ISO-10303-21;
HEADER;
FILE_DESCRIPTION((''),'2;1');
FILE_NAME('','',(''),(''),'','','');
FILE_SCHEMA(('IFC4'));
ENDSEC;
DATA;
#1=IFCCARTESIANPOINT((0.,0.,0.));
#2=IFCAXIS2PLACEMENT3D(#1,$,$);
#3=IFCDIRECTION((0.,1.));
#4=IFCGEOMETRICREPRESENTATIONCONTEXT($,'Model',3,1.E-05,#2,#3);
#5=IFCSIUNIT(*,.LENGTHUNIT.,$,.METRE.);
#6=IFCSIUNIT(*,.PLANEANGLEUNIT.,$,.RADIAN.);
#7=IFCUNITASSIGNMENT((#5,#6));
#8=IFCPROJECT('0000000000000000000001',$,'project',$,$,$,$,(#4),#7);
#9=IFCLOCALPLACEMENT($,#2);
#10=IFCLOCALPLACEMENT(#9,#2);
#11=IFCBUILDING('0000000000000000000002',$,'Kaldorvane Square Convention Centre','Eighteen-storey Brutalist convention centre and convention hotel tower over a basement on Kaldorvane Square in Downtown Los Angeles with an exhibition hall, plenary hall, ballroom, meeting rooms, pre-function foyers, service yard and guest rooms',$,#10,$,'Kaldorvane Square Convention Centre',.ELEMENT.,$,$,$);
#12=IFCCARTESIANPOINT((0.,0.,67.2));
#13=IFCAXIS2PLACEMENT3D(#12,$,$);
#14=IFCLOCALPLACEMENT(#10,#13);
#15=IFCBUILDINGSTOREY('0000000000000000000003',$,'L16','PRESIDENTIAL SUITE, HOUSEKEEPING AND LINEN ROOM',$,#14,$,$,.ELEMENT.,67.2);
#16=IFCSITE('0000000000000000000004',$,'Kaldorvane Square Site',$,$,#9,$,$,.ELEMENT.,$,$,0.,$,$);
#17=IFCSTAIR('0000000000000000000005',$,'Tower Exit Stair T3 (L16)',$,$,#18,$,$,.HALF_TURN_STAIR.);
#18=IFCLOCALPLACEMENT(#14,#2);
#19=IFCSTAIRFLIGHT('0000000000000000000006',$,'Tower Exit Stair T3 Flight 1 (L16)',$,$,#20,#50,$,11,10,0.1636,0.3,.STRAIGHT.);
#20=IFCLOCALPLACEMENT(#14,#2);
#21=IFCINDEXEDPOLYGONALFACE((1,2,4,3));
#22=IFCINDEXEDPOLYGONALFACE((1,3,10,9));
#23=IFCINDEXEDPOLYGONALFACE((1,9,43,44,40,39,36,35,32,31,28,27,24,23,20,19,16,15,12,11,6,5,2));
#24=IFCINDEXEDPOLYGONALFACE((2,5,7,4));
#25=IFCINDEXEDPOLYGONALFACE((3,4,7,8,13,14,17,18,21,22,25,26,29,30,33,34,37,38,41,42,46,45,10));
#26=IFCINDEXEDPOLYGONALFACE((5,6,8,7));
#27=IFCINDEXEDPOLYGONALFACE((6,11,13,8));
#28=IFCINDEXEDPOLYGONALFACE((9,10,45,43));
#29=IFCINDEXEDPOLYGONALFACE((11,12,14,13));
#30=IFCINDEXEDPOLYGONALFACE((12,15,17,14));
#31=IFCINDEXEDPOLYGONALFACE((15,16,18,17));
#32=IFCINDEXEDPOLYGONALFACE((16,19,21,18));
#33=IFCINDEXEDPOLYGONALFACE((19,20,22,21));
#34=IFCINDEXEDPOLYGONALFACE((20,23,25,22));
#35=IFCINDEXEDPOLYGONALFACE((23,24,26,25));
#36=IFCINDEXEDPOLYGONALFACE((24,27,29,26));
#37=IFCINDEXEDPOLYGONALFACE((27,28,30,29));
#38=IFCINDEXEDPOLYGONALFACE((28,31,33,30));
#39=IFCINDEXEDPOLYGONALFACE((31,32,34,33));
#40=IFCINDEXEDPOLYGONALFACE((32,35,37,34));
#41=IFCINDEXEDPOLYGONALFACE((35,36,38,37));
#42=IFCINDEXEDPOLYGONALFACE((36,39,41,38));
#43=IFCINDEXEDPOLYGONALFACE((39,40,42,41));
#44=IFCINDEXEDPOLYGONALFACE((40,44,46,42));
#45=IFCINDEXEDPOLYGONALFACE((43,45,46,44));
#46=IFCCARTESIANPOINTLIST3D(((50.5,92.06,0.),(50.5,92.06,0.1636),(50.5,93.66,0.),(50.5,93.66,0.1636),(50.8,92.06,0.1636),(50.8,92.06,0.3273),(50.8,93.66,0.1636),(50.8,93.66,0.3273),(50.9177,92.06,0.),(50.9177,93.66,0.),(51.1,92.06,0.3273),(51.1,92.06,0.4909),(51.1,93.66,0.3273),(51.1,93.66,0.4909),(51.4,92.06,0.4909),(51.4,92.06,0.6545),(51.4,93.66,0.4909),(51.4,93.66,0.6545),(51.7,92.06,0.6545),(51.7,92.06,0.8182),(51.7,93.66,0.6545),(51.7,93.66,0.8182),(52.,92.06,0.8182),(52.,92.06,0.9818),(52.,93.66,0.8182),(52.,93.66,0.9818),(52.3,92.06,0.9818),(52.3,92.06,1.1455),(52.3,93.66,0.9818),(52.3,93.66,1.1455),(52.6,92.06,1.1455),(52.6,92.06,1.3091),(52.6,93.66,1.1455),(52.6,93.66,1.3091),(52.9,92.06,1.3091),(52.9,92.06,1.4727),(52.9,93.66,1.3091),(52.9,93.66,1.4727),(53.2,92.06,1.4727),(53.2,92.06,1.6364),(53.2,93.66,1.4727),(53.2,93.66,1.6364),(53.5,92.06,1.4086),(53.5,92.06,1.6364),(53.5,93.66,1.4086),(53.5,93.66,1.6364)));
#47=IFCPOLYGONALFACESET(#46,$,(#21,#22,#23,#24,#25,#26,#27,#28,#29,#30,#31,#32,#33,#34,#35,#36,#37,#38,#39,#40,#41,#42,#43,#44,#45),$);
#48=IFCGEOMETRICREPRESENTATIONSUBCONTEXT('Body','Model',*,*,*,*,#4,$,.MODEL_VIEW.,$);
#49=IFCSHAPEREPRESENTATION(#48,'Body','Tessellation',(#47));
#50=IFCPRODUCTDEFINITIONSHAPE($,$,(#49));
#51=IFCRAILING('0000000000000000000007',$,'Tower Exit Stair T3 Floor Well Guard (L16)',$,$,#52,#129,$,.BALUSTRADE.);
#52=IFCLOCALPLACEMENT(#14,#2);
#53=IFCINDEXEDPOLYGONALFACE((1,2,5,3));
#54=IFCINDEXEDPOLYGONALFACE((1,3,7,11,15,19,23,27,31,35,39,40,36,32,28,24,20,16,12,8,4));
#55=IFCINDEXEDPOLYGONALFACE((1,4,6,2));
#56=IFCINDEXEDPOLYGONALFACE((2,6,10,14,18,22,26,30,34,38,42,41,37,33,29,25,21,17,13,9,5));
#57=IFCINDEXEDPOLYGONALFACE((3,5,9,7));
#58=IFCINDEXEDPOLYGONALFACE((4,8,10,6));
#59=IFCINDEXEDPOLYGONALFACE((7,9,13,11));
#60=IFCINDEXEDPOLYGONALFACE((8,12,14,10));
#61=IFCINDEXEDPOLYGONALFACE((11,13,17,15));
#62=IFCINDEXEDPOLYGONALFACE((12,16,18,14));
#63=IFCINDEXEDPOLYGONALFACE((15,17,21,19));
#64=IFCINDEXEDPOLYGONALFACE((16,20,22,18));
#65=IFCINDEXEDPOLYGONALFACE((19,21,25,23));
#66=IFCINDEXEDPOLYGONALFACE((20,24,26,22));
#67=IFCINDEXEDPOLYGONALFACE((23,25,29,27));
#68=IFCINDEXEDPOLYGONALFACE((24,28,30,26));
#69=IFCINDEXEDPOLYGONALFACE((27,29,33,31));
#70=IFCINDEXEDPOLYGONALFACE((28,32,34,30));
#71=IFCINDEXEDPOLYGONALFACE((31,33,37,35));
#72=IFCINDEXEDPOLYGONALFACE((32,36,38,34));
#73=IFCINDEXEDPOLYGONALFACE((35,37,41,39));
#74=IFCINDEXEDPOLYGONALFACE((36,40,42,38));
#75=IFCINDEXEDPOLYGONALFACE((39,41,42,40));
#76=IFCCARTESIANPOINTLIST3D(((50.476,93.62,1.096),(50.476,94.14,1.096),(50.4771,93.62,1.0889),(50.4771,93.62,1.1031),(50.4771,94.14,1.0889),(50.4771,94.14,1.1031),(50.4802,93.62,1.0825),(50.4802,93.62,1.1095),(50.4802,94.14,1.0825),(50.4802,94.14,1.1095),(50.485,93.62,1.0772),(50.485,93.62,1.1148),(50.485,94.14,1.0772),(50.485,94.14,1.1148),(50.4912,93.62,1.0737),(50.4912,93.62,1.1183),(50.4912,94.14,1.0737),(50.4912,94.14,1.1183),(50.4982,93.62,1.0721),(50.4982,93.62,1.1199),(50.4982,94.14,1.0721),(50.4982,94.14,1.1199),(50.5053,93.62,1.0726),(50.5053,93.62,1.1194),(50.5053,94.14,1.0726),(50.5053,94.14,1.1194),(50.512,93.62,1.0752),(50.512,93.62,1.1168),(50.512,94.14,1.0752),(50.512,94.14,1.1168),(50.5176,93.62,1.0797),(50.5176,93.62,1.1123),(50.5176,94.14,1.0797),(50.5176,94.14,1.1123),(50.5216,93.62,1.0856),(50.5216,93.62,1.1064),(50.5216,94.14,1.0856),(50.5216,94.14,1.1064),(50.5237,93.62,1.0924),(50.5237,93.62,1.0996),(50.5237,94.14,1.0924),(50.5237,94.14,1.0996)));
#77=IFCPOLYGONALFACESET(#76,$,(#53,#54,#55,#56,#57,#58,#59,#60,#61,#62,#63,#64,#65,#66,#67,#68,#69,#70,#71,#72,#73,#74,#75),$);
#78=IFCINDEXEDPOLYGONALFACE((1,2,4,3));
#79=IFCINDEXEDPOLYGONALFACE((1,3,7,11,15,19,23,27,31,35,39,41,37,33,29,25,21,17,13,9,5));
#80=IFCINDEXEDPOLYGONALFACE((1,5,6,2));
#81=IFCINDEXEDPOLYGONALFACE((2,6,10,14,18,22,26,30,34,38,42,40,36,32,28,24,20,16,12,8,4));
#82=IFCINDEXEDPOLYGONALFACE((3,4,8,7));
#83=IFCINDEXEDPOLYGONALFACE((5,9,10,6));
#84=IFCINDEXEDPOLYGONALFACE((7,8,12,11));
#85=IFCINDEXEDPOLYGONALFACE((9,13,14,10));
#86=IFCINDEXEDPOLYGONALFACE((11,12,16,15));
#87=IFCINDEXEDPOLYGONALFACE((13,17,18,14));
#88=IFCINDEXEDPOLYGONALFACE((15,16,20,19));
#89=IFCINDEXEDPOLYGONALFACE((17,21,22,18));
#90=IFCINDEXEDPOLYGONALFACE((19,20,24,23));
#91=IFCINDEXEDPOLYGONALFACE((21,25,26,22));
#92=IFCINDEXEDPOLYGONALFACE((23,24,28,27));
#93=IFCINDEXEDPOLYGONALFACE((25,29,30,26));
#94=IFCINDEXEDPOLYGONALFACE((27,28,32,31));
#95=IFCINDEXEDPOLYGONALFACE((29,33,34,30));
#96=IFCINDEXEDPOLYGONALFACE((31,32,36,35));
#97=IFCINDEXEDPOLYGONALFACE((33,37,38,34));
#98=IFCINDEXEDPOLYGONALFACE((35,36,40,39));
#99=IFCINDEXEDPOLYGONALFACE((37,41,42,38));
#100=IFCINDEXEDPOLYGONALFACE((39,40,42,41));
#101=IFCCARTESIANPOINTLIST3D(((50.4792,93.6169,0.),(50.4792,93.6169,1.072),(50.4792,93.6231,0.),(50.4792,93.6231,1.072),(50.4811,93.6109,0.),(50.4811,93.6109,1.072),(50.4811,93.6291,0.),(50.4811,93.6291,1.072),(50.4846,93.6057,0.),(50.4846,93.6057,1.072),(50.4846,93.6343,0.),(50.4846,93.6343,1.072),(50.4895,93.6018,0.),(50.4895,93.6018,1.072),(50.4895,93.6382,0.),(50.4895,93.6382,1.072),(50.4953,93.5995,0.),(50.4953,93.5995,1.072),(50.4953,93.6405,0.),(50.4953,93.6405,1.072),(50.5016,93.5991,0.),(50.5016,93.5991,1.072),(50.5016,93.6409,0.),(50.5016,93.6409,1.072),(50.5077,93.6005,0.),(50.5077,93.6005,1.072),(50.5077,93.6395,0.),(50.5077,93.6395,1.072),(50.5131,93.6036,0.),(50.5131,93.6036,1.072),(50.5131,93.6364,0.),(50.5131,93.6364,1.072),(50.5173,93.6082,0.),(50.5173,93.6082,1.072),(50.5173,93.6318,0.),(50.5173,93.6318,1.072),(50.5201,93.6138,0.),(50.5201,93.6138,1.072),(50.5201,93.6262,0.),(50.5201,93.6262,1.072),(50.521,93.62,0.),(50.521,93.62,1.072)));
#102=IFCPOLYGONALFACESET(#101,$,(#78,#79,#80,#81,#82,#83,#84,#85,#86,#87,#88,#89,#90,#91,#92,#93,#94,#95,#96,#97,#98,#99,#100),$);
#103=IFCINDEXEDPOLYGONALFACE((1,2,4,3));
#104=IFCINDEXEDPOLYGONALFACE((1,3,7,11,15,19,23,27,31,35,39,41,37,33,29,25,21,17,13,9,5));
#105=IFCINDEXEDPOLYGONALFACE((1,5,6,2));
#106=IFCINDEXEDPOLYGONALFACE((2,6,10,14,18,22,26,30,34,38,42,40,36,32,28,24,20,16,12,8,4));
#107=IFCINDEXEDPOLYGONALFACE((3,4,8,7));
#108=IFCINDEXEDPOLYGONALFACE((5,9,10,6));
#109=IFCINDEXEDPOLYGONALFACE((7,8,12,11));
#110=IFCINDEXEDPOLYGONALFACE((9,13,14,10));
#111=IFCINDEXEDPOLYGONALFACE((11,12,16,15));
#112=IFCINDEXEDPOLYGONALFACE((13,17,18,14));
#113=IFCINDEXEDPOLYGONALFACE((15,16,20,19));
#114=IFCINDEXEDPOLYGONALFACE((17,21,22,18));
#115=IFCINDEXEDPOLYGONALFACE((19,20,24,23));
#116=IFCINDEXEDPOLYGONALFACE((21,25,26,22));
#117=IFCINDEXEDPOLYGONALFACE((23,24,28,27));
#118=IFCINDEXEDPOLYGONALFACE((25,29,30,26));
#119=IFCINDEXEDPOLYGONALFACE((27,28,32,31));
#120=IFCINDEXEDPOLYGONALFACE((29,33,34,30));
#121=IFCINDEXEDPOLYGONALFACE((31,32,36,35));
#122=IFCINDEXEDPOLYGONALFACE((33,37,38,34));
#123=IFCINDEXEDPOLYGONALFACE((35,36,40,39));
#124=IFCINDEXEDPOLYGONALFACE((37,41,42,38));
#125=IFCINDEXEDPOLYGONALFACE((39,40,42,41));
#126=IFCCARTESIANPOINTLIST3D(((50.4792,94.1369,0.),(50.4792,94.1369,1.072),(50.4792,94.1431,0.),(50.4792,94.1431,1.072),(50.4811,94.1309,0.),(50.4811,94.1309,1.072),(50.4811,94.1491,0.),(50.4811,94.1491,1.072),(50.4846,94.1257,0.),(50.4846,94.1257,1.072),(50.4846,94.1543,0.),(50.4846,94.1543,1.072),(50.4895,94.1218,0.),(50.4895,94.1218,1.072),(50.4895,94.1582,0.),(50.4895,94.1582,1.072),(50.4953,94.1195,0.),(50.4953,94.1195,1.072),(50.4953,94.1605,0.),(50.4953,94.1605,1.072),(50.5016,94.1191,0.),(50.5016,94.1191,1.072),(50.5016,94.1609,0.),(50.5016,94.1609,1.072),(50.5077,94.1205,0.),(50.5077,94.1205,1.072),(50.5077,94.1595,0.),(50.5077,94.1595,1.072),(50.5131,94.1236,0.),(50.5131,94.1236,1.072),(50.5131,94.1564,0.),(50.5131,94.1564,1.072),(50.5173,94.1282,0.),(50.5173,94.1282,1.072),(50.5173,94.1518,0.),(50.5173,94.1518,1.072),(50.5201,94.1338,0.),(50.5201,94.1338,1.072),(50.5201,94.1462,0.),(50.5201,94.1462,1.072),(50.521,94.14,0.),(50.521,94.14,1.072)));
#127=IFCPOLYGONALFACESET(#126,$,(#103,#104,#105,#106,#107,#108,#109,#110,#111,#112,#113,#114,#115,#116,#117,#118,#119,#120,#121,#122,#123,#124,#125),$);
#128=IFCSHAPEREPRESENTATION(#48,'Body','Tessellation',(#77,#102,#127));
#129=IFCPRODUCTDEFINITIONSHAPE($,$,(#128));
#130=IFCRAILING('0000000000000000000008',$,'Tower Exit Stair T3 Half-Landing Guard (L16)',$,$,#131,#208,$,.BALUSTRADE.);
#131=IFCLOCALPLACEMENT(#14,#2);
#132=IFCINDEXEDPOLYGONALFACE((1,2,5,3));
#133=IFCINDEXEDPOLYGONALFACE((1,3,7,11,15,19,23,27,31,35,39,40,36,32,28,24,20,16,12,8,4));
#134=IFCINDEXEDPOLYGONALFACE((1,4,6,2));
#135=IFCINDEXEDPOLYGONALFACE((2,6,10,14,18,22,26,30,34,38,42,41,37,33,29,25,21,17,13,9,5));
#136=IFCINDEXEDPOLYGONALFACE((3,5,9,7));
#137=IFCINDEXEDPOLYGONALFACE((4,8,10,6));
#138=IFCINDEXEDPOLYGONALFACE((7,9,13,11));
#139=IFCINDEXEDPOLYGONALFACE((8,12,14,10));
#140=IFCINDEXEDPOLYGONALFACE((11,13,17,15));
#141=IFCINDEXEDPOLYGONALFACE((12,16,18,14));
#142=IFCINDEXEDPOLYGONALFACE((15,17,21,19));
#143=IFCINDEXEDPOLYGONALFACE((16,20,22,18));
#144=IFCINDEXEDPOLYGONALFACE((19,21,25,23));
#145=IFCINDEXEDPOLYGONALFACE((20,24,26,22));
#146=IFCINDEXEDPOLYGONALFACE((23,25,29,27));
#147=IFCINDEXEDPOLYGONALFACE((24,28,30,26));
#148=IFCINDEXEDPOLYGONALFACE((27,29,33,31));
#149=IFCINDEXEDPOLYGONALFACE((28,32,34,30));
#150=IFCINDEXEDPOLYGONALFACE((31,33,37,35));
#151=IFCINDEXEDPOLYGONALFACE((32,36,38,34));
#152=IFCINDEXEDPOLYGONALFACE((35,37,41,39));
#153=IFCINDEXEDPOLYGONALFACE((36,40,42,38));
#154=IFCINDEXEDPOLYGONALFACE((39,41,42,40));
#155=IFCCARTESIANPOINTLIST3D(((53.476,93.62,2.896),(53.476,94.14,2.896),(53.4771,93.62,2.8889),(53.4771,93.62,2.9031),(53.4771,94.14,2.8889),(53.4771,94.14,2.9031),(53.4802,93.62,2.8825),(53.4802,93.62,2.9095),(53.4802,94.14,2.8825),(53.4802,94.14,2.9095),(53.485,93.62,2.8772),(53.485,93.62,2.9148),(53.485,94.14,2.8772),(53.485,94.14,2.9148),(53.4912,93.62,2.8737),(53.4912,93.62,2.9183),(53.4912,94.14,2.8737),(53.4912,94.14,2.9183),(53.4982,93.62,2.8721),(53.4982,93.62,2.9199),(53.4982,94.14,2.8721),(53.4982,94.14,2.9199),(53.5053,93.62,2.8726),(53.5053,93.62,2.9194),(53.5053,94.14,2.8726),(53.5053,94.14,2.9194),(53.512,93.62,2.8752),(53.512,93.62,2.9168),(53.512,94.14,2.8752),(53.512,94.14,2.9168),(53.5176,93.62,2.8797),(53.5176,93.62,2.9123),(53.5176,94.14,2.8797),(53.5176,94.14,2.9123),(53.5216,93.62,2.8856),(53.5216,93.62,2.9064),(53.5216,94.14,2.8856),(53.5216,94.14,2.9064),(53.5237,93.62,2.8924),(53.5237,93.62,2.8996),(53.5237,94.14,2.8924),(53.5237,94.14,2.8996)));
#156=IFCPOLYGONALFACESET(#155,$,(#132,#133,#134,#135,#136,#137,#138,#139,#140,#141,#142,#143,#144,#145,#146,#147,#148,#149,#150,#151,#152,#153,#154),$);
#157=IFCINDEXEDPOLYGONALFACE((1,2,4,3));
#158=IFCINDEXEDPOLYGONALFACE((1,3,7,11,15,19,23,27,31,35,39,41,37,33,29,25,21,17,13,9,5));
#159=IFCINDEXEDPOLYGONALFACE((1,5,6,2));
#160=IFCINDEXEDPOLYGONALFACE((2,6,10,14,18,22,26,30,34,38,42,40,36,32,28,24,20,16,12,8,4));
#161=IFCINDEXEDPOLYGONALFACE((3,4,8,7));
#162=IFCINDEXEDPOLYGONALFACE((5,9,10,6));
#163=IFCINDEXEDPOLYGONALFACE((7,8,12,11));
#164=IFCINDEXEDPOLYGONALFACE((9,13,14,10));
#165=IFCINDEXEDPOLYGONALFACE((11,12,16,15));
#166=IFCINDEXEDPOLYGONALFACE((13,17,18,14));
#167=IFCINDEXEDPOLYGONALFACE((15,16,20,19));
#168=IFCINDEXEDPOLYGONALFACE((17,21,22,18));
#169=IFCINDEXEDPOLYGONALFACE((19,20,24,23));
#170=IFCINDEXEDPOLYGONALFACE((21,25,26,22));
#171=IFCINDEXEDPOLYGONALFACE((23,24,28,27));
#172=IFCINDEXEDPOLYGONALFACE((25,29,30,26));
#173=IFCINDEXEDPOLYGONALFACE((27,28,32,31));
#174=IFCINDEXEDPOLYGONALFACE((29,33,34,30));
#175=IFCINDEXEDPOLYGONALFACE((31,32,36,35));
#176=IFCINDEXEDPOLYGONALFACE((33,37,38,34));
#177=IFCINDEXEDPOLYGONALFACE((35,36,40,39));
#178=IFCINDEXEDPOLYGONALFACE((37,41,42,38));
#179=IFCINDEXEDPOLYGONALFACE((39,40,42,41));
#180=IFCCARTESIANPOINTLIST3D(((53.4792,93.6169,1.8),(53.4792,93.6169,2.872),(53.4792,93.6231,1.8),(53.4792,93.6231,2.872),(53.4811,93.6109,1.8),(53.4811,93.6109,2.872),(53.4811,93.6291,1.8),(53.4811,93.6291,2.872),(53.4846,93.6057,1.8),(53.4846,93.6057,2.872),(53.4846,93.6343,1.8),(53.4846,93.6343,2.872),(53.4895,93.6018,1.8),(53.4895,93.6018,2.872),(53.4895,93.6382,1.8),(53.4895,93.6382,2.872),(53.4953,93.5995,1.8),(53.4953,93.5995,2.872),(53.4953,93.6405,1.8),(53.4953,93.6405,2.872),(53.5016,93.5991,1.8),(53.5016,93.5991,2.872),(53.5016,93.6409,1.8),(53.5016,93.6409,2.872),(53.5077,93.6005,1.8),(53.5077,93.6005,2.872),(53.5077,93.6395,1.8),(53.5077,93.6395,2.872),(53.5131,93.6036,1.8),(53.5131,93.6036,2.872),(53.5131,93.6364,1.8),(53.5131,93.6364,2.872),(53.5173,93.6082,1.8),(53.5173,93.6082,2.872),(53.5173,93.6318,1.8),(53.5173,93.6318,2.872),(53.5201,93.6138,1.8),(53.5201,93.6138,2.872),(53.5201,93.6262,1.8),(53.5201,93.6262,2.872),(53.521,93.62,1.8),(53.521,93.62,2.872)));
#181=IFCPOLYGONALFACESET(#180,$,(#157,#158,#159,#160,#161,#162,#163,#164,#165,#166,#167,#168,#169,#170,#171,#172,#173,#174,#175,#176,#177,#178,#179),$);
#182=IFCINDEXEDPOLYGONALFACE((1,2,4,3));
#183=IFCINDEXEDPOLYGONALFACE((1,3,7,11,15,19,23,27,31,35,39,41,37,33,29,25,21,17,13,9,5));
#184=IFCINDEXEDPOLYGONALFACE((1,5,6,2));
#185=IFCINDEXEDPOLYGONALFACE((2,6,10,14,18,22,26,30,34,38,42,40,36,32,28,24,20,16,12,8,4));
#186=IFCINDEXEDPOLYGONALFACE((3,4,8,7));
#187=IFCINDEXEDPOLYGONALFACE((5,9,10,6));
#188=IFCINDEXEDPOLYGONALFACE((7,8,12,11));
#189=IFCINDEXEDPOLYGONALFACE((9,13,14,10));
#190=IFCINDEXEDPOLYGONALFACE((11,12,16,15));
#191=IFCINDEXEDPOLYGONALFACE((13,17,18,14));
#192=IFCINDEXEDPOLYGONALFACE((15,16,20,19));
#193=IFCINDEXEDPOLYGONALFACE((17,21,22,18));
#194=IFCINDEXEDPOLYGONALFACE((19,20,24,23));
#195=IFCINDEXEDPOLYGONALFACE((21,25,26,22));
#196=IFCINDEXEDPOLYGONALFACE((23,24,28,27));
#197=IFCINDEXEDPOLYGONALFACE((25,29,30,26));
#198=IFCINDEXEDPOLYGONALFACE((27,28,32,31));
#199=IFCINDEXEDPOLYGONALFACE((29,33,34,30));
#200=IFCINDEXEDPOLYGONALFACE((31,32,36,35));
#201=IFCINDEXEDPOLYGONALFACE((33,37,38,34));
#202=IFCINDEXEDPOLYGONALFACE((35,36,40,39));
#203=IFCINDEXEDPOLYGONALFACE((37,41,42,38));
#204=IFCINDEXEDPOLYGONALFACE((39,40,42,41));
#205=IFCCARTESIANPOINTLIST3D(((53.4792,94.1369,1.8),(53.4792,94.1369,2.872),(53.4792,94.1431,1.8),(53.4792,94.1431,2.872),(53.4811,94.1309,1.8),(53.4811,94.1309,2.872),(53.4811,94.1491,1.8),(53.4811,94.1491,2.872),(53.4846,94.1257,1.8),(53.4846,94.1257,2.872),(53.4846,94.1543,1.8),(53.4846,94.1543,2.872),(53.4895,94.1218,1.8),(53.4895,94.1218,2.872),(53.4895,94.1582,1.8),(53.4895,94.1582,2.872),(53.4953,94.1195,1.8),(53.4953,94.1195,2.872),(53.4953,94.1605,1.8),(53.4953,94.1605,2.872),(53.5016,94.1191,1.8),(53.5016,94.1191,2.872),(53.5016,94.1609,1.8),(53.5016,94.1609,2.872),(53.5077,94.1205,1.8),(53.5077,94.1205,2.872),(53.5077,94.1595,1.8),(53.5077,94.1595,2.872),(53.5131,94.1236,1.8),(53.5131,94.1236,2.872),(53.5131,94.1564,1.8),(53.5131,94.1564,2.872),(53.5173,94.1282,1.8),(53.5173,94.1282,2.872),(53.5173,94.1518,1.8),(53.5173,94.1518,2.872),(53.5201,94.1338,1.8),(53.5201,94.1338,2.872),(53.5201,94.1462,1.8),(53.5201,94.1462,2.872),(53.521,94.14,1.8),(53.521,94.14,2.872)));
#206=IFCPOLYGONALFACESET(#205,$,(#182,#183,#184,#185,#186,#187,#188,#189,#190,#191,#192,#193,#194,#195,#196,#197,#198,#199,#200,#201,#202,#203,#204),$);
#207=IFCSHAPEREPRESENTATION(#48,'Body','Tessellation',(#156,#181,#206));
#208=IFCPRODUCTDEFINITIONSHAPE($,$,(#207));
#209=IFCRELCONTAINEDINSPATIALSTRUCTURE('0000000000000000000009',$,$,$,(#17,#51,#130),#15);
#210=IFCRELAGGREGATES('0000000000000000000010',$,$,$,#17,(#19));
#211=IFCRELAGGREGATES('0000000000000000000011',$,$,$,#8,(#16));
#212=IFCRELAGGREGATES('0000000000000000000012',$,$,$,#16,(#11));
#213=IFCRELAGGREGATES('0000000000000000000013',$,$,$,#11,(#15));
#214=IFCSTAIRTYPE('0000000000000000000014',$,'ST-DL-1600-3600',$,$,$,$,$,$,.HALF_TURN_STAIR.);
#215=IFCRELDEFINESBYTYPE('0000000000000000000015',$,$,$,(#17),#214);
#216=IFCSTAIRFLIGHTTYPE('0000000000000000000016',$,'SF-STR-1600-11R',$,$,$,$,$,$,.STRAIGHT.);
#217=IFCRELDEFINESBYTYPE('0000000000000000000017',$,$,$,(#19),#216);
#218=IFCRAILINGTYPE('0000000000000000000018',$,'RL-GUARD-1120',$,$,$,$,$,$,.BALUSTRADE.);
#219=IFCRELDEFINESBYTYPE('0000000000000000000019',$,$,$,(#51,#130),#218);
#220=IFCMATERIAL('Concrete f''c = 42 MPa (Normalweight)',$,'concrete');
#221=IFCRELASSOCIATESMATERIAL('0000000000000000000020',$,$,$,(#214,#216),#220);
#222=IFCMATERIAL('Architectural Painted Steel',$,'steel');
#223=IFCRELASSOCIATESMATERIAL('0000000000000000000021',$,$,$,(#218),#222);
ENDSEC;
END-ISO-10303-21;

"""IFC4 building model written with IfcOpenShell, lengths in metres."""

from ifc_helpers import new_model, si_unit, direction, frame, origin, origin_2d, place, context, subcontext, project, spatial, polyline, circle, outline, extrude, material, type_object, element, aggregate, save


model = new_model("IFC4")

# Units and contexts
model_context = context("Model", 3, precision=1e-05, world=origin(), true_north=direction((0.0, 1.0)))
body_context = subcontext(model_context, "Body", "Model", "MODEL_VIEW")
ifc_project = project(units=[si_unit("LENGTHUNIT", "METRE"), si_unit("PLANEANGLEUNIT", "RADIAN")], contexts=[model_context])

# Site, building, storey
site_placement = place(None, origin())
site = spatial("IfcSite", under=ifc_project, at=site_placement, Name="Kaldorvane Square Site", CompositionType="ELEMENT", RefElevation=0.0)
building_placement = place(site_placement, origin())
building = spatial("IfcBuilding", under=site, at=building_placement, Name="Kaldorvane Square Convention Centre", Description="Eighteen-storey Brutalist convention centre and convention hotel tower over a basement on Kaldorvane Square in Downtown Los Angeles with an exhibition hall, plenary hall, ballroom, meeting rooms, pre-function foyers, service yard and guest rooms", LongName="Kaldorvane Square Convention Centre", CompositionType="ELEMENT")
storey_placement = place(building_placement, frame((0.0, 0.0, 67.2)))
storey = spatial("IfcBuildingStorey", under=building, at=storey_placement, Name="L16", Description="PRESIDENTIAL SUITE, HOUSEKEEPING AND LINEN ROOM", CompositionType="ELEMENT", Elevation=67.2)

# Stair, stair flight
ifc_material_1 = material(Name="Concrete f'c = 42 MPa (Normalweight)", Category="concrete")
stair_type = type_object("IfcStairType", Name="ST-DL-1600-3600", PredefinedType="HALF_TURN_STAIR", material=ifc_material_1)
stair_flight_type = type_object("IfcStairFlightType", Name="SF-STR-1600-11R", PredefinedType="STRAIGHT", material=ifc_material_1)
stair_1_placement = place(storey_placement, origin())
stair_1 = element("IfcStair", 1, at=stair_1_placement, inside=storey, type_object=stair_type, Name="Tower Exit Stair T3 (L16)", PredefinedType="HALF_TURN_STAIR")
stair_flight_1_placement = place(storey_placement, frame((50.5, 92.86, 0.0), z_axis=(0.0, 0.0, 1.0), x_axis=(1.0, 0.0, 0.0)))
stair_flight_1 = element("IfcStairFlight", 2, at=stair_flight_1_placement, type_object=stair_flight_type, Name="Tower Exit Stair T3 Flight 1 (L16)", NumberOfRisers=11, NumberOfTreads=10, PredefinedType="STRAIGHT", RiserHeight=0.1636, TreadLength=0.3, context=body_context, shape_type="SweptSolid", body=[
    extrude(outline(polyline([(0.0, 0.0), (0.0, 0.1636), (0.3, 0.1636), (0.3, 0.3273), (0.6, 0.3273), (0.6, 0.4909), (0.9, 0.4909), (0.9, 0.6545), (1.2, 0.6545), (1.2, 0.8182), (1.5, 0.8182), (1.5, 0.9818), (1.8, 0.9818), (1.8, 1.1455), (2.1, 1.1455), (2.1, 1.3091), (2.4, 1.3091), (2.4, 1.4727), (2.7, 1.4727), (2.7, 1.6364), (3.0, 1.6364), (3.0, 1.8), (3.0, 1.4086), (0.4177, 0.0), (0.0, 0.0)])), frame((0.0, 0.8, 0.0), z_axis=(0.0, -1.0, 0.0), x_axis=(1.0, 0.0, 0.0)), (0.0, 0.0, 1.0), 1.6),
])
aggregate(stair_1, [stair_flight_1])

# Railings
ifc_material_2 = material(Name="Architectural Painted Steel", Category="steel")
railing_type_1 = type_object("IfcRailingType", Name="RL-GUARD-1120", PredefinedType="BALUSTRADE", material=ifc_material_2)
for number, where, name in (
    (3, (50.5, 93.62, 0.0), "Tower Exit Stair T3 Floor Well Guard (L16)"),
    (4, (53.5, 93.62, 1.8), "Tower Exit Stair T3 Half-Landing Guard (L16)"),
):
    element("IfcRailing", number, at=place(storey_placement, frame(where)), inside=storey, type_object=railing_type_1, Name=name, PredefinedType="BALUSTRADE", context=body_context, shape_type="SweptSolid", body=[
        extrude(circle(Radius=0.024, at=origin_2d()), frame((0.0, 0.0, 1.096), z_axis=(0.0, 1.0, 0.0), x_axis=(-1.0, 0.0, 0.0)), (0.0, 0.0, 1.0), 0.52),
        extrude(circle(Radius=0.021, at=origin_2d()), origin(), (0.0, 0.0, 1.0), 1.072),
        extrude(circle(Radius=0.021, at=origin_2d()), frame((0.0, 0.52, 0.0)), (0.0, 0.0, 1.0), 1.072),
    ])

save(model, "model.ifc")
